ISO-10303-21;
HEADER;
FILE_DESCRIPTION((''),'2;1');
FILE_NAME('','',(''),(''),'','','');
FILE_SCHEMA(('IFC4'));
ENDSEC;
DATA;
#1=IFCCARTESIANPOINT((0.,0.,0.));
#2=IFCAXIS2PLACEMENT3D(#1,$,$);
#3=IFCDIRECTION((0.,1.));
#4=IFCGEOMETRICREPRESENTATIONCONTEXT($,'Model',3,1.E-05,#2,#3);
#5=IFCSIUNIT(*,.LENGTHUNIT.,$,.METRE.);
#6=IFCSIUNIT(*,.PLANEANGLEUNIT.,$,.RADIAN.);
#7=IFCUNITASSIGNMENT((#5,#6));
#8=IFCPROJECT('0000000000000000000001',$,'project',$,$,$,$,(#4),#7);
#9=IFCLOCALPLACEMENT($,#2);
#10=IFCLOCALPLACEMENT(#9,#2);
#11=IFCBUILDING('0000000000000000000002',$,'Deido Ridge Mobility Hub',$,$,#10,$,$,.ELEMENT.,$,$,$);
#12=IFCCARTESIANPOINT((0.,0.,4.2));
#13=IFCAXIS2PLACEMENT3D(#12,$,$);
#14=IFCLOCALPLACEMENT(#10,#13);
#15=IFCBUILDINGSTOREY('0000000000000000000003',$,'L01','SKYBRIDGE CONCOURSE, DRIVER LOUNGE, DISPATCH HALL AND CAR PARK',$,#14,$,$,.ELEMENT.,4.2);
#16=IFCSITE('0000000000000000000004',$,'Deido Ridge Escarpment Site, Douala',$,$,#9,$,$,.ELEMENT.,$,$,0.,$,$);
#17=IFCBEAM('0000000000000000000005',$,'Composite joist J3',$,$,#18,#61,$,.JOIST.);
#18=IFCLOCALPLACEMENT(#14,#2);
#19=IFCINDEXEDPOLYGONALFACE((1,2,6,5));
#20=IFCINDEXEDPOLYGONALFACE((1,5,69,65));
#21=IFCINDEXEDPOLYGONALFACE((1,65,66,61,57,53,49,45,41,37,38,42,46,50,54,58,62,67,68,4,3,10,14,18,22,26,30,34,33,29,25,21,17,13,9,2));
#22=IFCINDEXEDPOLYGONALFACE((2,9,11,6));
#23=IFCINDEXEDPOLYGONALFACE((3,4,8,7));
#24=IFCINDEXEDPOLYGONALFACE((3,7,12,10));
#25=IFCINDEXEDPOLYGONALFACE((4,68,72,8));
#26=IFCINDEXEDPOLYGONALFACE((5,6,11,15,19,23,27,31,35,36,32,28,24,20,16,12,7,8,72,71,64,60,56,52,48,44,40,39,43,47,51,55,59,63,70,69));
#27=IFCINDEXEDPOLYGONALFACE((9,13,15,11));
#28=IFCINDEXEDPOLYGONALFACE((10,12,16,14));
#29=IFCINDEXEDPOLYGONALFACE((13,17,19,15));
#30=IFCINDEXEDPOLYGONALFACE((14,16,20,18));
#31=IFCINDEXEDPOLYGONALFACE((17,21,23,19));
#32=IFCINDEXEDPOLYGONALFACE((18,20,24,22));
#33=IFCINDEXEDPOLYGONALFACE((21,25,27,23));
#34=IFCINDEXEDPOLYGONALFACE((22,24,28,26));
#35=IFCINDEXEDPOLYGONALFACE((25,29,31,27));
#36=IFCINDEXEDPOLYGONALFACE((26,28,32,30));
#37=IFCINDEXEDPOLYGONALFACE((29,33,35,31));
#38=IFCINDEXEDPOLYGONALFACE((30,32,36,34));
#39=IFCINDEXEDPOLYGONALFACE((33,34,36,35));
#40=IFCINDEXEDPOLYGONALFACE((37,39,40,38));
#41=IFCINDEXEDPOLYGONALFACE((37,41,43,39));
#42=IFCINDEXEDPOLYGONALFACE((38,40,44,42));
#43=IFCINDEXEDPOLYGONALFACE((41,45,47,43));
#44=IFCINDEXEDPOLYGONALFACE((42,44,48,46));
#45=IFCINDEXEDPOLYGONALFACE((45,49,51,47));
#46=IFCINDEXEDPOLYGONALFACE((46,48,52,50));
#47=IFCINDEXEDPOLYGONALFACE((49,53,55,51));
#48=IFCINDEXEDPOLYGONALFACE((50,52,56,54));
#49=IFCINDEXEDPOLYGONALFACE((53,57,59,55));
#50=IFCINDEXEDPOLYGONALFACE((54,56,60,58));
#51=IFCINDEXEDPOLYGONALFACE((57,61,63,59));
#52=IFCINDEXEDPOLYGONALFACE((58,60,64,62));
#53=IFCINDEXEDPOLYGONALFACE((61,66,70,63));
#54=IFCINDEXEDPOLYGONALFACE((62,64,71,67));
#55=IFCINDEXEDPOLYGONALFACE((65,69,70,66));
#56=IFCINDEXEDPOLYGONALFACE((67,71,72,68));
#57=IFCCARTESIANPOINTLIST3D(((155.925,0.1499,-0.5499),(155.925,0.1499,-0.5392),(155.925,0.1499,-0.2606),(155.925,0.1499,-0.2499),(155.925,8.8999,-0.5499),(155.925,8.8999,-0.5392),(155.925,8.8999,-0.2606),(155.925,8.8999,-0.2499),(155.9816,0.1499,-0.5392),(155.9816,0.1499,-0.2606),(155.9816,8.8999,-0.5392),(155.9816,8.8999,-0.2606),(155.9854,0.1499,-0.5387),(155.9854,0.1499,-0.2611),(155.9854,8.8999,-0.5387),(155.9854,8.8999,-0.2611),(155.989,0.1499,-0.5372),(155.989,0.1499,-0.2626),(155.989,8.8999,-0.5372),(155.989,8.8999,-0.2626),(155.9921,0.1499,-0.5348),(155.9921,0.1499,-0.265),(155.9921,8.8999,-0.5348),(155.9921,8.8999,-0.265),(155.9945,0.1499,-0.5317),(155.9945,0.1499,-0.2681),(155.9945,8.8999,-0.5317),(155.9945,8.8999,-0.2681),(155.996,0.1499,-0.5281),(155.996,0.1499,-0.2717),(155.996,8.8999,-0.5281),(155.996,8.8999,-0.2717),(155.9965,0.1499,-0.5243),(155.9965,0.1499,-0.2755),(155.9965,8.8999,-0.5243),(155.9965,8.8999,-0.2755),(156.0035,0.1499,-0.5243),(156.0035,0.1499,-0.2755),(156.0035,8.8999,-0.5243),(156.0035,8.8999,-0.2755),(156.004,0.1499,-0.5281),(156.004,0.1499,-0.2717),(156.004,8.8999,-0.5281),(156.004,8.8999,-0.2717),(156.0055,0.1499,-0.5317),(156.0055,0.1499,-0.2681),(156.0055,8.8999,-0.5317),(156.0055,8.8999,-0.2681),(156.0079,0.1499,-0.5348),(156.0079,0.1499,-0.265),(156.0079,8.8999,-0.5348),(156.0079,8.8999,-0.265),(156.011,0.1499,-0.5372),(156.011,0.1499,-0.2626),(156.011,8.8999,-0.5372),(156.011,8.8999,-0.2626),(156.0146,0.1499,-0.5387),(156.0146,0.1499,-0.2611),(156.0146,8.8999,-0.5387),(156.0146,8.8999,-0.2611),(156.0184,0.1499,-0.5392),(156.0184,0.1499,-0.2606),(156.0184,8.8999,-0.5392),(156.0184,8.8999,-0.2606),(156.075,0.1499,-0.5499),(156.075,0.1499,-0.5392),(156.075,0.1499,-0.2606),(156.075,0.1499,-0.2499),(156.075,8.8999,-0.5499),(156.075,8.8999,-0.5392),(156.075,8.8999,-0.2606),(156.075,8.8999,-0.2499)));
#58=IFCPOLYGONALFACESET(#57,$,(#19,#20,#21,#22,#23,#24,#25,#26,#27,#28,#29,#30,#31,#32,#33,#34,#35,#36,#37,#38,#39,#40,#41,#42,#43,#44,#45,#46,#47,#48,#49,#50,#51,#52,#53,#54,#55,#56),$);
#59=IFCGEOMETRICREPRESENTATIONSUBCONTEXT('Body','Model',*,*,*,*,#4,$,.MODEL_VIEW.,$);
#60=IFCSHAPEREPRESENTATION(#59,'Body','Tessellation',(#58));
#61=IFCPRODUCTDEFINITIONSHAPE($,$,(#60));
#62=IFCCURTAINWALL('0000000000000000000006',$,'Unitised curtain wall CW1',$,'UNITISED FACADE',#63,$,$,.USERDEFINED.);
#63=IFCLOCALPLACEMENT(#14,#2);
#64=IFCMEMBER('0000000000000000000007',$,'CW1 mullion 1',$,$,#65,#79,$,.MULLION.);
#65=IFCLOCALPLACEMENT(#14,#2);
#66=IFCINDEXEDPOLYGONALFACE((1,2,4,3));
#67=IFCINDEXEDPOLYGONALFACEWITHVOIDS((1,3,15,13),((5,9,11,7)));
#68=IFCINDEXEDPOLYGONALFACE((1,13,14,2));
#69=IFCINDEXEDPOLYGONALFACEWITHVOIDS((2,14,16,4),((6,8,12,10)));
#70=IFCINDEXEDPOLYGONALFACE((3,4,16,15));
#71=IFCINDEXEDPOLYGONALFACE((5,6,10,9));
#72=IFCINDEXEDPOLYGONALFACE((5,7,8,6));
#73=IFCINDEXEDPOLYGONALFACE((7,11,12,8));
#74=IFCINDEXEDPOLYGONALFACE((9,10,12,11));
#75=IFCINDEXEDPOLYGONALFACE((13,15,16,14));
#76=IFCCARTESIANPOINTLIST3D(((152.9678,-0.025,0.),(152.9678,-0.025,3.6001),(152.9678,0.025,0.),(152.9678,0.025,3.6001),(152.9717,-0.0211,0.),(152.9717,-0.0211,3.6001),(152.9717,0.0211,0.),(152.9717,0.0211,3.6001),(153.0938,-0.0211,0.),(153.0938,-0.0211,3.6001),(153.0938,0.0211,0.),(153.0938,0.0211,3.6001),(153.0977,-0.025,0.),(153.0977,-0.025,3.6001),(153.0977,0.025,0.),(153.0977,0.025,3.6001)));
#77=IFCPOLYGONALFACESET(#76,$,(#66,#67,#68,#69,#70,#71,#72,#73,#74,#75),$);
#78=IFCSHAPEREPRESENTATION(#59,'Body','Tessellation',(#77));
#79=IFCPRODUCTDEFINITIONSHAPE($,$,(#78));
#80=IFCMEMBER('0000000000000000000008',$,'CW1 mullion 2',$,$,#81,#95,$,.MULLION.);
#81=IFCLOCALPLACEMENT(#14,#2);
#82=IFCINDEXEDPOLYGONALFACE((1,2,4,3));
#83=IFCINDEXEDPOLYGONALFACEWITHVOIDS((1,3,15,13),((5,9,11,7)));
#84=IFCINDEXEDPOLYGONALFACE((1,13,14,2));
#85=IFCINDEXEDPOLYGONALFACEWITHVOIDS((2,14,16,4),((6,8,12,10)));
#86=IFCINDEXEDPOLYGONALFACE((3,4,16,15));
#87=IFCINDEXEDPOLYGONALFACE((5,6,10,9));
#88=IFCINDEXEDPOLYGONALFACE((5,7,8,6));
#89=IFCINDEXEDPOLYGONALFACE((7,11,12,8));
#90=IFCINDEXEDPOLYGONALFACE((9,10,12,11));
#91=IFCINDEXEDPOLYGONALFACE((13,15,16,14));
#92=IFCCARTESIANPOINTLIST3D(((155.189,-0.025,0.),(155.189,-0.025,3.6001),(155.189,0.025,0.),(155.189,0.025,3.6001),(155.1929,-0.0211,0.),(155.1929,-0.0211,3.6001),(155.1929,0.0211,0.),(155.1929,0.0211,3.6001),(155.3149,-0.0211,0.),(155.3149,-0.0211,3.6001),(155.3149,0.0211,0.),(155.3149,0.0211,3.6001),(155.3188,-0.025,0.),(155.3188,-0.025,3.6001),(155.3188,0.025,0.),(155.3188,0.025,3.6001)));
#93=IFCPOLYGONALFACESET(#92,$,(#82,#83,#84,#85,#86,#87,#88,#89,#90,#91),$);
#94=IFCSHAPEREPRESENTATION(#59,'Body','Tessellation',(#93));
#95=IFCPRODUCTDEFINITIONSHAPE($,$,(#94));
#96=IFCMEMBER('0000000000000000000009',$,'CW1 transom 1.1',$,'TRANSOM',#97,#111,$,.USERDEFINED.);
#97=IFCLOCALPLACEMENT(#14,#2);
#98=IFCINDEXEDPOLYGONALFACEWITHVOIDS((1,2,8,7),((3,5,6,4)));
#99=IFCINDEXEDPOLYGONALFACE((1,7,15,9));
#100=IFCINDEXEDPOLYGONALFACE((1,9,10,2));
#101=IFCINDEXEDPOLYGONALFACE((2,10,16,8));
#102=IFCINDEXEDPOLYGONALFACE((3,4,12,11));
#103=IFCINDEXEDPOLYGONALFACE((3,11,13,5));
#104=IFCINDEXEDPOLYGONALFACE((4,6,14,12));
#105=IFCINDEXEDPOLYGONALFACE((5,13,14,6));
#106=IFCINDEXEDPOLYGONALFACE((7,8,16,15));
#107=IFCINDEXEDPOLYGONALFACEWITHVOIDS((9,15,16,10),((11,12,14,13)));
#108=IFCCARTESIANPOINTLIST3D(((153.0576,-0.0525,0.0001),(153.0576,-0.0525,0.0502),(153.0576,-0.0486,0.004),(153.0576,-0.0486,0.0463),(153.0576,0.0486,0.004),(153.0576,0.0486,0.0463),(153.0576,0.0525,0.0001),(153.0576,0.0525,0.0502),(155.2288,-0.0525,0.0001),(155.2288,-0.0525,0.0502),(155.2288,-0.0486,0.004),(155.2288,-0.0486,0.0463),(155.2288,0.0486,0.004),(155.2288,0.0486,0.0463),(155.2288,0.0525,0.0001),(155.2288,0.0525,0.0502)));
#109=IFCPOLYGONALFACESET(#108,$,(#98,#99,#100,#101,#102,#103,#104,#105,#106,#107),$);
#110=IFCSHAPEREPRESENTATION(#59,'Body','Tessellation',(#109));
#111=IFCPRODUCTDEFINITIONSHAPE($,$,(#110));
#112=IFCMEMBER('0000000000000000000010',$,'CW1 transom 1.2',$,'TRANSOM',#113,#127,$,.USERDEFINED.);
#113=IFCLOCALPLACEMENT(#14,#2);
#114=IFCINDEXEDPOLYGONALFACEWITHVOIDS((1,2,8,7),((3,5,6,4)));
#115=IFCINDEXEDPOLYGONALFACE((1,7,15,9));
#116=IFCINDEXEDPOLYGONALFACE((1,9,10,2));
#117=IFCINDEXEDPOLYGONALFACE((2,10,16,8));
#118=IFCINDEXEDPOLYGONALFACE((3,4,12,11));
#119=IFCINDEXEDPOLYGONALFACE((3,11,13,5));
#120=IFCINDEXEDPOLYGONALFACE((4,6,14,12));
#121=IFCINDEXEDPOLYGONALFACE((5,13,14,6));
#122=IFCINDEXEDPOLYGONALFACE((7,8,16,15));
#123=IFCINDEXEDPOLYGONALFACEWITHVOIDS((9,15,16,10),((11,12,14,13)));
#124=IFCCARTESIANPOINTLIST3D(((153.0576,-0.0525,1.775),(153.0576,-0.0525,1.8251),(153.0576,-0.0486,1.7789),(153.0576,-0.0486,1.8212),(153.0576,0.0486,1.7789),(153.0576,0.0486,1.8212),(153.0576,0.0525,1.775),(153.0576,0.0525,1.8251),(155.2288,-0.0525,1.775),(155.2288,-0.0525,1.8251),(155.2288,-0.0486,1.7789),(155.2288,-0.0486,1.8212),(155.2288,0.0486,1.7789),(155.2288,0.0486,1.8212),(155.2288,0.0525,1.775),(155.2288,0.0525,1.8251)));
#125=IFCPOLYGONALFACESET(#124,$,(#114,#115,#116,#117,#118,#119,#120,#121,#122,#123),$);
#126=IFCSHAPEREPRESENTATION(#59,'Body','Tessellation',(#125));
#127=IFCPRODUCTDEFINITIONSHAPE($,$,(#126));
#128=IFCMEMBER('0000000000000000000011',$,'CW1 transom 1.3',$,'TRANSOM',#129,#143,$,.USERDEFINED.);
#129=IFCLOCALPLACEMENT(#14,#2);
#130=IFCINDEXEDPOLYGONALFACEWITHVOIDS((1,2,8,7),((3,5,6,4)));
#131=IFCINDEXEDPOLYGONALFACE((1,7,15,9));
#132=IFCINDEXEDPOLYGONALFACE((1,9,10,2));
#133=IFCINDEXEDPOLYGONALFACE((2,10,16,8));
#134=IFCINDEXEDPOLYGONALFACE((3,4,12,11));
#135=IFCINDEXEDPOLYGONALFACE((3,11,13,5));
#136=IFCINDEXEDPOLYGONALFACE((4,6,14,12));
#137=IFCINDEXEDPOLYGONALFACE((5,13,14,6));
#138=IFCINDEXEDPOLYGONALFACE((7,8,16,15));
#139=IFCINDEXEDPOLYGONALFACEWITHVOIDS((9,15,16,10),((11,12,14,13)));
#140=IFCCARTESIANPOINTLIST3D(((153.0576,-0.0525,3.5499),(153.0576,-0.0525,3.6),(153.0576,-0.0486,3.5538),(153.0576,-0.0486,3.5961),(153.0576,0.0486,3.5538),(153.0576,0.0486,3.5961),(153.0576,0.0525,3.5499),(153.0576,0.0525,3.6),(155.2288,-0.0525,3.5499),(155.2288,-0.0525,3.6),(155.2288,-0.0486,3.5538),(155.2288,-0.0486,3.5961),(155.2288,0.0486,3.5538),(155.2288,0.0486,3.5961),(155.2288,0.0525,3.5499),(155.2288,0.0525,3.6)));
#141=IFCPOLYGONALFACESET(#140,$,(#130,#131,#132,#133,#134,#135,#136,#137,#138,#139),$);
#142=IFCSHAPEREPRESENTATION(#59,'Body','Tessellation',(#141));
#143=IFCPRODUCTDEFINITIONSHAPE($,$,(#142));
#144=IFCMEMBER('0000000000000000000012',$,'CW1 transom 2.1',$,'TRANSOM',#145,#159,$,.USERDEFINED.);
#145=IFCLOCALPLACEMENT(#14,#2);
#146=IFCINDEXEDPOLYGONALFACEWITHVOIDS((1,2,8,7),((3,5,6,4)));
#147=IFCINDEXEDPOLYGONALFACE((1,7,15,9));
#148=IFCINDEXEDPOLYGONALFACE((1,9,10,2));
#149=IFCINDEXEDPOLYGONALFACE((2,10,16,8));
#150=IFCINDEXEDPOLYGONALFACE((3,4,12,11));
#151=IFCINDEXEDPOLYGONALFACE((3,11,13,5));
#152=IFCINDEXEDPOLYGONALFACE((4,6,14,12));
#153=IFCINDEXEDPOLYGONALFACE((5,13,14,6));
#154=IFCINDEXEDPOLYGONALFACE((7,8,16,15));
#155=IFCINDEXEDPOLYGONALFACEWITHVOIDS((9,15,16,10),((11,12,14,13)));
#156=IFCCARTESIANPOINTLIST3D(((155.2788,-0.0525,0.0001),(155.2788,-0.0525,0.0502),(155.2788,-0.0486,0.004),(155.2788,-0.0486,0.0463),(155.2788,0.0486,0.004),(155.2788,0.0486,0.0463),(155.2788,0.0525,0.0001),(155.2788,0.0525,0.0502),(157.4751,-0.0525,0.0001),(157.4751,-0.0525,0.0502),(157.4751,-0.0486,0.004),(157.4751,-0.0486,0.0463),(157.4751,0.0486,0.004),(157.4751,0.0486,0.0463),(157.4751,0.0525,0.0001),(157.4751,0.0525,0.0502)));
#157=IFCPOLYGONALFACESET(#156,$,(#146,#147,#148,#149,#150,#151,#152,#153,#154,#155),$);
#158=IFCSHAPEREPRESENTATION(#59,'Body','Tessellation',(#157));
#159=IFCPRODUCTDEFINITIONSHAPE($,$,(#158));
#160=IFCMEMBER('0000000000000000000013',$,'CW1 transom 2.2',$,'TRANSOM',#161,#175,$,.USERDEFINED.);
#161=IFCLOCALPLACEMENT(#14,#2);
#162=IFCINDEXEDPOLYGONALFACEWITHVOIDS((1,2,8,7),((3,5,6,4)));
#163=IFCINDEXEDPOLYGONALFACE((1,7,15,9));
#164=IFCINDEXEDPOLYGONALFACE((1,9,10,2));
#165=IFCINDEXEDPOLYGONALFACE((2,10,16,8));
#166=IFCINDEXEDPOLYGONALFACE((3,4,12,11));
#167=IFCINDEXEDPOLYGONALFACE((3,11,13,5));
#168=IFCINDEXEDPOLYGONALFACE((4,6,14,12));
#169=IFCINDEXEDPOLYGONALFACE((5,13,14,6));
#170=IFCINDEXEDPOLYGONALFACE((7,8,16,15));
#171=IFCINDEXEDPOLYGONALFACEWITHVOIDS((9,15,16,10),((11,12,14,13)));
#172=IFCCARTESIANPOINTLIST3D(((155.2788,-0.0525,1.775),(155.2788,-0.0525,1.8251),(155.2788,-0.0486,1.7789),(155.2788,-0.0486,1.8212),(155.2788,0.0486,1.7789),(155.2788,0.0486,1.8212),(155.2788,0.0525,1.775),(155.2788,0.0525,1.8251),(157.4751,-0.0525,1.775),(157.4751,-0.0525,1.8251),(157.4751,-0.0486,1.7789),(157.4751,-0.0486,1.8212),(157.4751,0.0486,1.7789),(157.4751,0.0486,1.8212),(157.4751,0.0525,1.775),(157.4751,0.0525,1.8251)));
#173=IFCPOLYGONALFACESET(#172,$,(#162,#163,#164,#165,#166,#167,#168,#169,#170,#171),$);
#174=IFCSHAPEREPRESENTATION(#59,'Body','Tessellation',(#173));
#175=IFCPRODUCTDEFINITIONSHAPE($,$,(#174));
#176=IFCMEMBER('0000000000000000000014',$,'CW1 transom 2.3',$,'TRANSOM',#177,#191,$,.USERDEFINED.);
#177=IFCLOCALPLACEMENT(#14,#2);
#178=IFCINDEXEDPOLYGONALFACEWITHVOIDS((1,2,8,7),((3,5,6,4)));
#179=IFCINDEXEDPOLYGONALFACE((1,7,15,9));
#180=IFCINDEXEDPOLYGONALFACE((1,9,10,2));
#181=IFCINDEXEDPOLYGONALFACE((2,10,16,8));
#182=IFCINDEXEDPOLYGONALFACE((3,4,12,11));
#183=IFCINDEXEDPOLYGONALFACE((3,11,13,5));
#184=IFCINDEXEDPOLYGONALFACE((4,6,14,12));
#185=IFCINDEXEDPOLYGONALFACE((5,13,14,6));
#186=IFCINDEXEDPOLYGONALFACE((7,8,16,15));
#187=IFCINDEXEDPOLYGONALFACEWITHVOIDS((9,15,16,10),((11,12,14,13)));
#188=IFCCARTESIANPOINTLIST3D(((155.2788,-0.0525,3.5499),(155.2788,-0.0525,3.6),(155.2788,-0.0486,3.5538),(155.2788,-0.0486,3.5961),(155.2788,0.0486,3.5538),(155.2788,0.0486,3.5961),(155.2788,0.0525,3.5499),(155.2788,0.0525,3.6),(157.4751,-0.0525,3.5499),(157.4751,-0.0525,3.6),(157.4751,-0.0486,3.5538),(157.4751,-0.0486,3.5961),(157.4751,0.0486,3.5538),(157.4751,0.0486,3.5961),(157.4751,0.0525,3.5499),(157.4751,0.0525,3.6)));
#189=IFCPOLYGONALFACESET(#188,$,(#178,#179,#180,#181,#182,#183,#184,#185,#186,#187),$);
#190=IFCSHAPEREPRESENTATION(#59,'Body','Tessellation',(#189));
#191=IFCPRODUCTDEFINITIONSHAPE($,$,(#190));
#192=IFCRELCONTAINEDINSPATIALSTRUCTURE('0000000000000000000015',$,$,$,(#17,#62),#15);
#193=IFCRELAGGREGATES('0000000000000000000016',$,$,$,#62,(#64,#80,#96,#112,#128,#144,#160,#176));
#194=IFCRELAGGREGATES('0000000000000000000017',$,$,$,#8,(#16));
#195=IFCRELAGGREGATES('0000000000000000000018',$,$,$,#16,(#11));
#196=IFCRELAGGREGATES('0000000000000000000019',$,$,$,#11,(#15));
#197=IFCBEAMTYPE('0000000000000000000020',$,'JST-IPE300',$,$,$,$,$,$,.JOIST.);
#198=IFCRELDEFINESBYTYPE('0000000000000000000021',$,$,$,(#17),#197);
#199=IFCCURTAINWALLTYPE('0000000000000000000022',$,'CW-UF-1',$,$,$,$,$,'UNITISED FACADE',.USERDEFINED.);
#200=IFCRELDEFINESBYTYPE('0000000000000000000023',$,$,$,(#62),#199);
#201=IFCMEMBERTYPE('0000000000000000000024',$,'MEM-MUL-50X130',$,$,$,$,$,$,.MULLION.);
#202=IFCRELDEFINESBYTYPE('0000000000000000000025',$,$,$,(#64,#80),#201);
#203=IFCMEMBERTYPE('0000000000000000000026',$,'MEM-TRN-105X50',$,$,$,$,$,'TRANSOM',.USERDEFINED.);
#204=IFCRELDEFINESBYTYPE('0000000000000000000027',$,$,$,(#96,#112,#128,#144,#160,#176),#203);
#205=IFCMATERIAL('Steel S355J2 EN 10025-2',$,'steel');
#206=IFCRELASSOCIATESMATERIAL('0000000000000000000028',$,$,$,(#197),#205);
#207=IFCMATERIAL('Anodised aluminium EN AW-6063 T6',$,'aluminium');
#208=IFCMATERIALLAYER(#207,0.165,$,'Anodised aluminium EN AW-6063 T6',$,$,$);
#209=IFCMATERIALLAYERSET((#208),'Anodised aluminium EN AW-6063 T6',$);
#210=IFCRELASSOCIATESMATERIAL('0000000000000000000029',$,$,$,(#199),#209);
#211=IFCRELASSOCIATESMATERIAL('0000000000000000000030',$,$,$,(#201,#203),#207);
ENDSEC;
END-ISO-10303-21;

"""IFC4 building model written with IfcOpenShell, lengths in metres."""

from ifc_helpers import new_model, si_unit, direction, frame, origin, origin_2d, place, context, subcontext, project, spatial, hollow_rectangle, i_section, extrude, material, layer, layer_set, material_profile, profile_set, type_object, element, aggregate, save


model = new_model("IFC4")

# Units and contexts
model_context = context("Model", 3, precision=1e-05, world=origin(), true_north=direction((0.0, 1.0)))
body_context = subcontext(model_context, "Body", "Model", "MODEL_VIEW")
ifc_project = project(units=[si_unit("LENGTHUNIT", "METRE"), si_unit("PLANEANGLEUNIT", "RADIAN")], contexts=[model_context])

# Site, building, storey
site_placement = place(None, origin())
site = spatial("IfcSite", under=ifc_project, at=site_placement, Name="Deido Ridge Escarpment Site, Douala", CompositionType="ELEMENT", RefElevation=0.0)
building_placement = place(site_placement, origin())
building = spatial("IfcBuilding", under=site, at=building_placement, Name="Deido Ridge Mobility Hub", CompositionType="ELEMENT")
storey_placement = place(building_placement, frame((0.0, 0.0, 4.2)))
storey = spatial("IfcBuildingStorey", under=building, at=storey_placement, Name="L01", Description="SKYBRIDGE CONCOURSE, DRIVER LOUNGE, DISPATCH HALL AND CAR PARK", CompositionType="ELEMENT", Elevation=4.2)

# Shared definitions
ifc_material_1 = material(Name="Steel S355J2 EN 10025-2", Category="steel")

# Beam
ifc_material_profile_1 = material_profile(ifc_material_1, i_section(OverallWidth=0.1499, OverallDepth=0.3, WebThickness=0.0071, FlangeThickness=0.0107, FilletRadius=0.0149, at=origin_2d()), Name="IPE 300")
ifc_profile_set_1 = profile_set([ifc_material_profile_1], Name="Steel S355J2 EN 10025-2")
beam_type_1 = type_object("IfcBeamType", Name="JST-IPE300", PredefinedType="JOIST", material=ifc_profile_set_1)
beam_1_placement = place(storey_placement, frame((156.0, 0.1499, -0.3999), z_axis=(0.0, 1.0, 0.0), x_axis=(-1.0, 0.0, 0.0)))
element("IfcBeam", 1, at=beam_1_placement, inside=storey, type_object=beam_type_1, Name="Composite joist J3", PredefinedType="JOIST", context=body_context, shape_type="SweptSolid", body=[
    extrude(i_section(OverallWidth=0.1499, OverallDepth=0.3, WebThickness=0.0071, FlangeThickness=0.0107, FilletRadius=0.0149, at=origin_2d()), origin(), (0.0, 0.0, 1.0), 8.75),
])

# Curtain wall, members
ifc_material_2 = material(Name="Anodised aluminium EN AW-6063 T6", Category="aluminium")
ifc_layer_1 = layer(ifc_material_2, 0.165, Name="Anodised aluminium EN AW-6063 T6")
ifc_layer_set_1 = layer_set([ifc_layer_1], Name="Anodised aluminium EN AW-6063 T6")
curtain_wall_type = type_object("IfcCurtainWallType", Name="CW-UF-1", ElementType="UNITISED FACADE", PredefinedType="USERDEFINED", material=ifc_layer_set_1)
curtain_wall_placement = place(storey_placement, origin())
curtain_wall = element("IfcCurtainWall", 2, at=curtain_wall_placement, inside=storey, type_object=curtain_wall_type, Name="Unitised curtain wall CW1", ObjectType="UNITISED FACADE", PredefinedType="USERDEFINED")
ifc_material_profile_2 = material_profile(ifc_material_2, hollow_rectangle(XDim=0.05, YDim=0.1299, WallThickness=0.0039, at=origin_2d()), Name="RHS 50x130x4")
ifc_profile_set_2 = profile_set([ifc_material_profile_2], Name="Anodised aluminium EN AW-6063 T6")
member_type_1 = type_object("IfcMemberType", Name="MEM-MUL-50X130", PredefinedType="MULLION", material=ifc_profile_set_2)
member_1_placement = place(storey_placement, frame((153.0327, 0.0, 0.0), z_axis=(0.0, 0.0, 1.0), x_axis=(0.0, 1.0, 0.0)))
member_1 = element("IfcMember", 3, at=member_1_placement, type_object=member_type_1, Name="CW1 mullion 1", PredefinedType="MULLION", context=body_context, shape_type="SweptSolid", body=[
    extrude(hollow_rectangle(XDim=0.05, YDim=0.1299, WallThickness=0.0039, at=origin_2d()), origin(), (0.0, 0.0, 1.0), 3.6001),
])
member_2_placement = place(storey_placement, frame((155.2539, 0.0, 0.0), z_axis=(0.0, 0.0, 1.0), x_axis=(0.0, 1.0, 0.0)))
member_2 = element("IfcMember", 4, at=member_2_placement, type_object=member_type_1, Name="CW1 mullion 2", PredefinedType="MULLION", context=body_context, shape_type="SweptSolid", body=[
    extrude(hollow_rectangle(XDim=0.05, YDim=0.1299, WallThickness=0.0039, at=origin_2d()), origin(), (0.0, 0.0, 1.0), 3.6001),
])
ifc_material_profile_3 = material_profile(ifc_material_2, hollow_rectangle(XDim=0.105, YDim=0.05, WallThickness=0.0039, at=origin_2d()), Name="RHS 105x50x4")
ifc_profile_set_3 = profile_set([ifc_material_profile_3], Name="Anodised aluminium EN AW-6063 T6")
member_type_2 = type_object("IfcMemberType", Name="MEM-TRN-105X50", ElementType="TRANSOM", PredefinedType="USERDEFINED", material=ifc_profile_set_3)
member_3_placement = place(storey_placement, frame((153.0576, 0.0, 0.0251), z_axis=(1.0, 0.0, 0.0), x_axis=(0.0, 1.0, 0.0)))
member_3 = element("IfcMember", 5, at=member_3_placement, type_object=member_type_2, Name="CW1 transom 1.1", ObjectType="TRANSOM", PredefinedType="USERDEFINED", context=body_context, shape_type="SweptSolid", body=[
    extrude(hollow_rectangle(XDim=0.105, YDim=0.05, WallThickness=0.0039, at=origin_2d()), origin(), (0.0, 0.0, 1.0), 2.1711),
])
member_4_placement = place(storey_placement, frame((153.0576, 0.0, 1.8), z_axis=(1.0, 0.0, 0.0), x_axis=(0.0, 1.0, 0.0)))
member_4 = element("IfcMember", 6, at=member_4_placement, type_object=member_type_2, Name="CW1 transom 1.2", ObjectType="TRANSOM", PredefinedType="USERDEFINED", context=body_context, shape_type="SweptSolid", body=[
    extrude(hollow_rectangle(XDim=0.105, YDim=0.05, WallThickness=0.0039, at=origin_2d()), origin(), (0.0, 0.0, 1.0), 2.1711),
])
member_5_placement = place(storey_placement, frame((153.0576, 0.0, 3.575), z_axis=(1.0, 0.0, 0.0), x_axis=(0.0, 1.0, 0.0)))
member_5 = element("IfcMember", 7, at=member_5_placement, type_object=member_type_2, Name="CW1 transom 1.3", ObjectType="TRANSOM", PredefinedType="USERDEFINED", context=body_context, shape_type="SweptSolid", body=[
    extrude(hollow_rectangle(XDim=0.105, YDim=0.05, WallThickness=0.0039, at=origin_2d()), origin(), (0.0, 0.0, 1.0), 2.1711),
])
member_6_placement = place(storey_placement, frame((155.2788, 0.0, 0.0251), z_axis=(1.0, 0.0, 0.0), x_axis=(0.0, 1.0, 0.0)))
member_6 = element("IfcMember", 8, at=member_6_placement, type_object=member_type_2, Name="CW1 transom 2.1", ObjectType="TRANSOM", PredefinedType="USERDEFINED", context=body_context, shape_type="SweptSolid", body=[
    extrude(hollow_rectangle(XDim=0.105, YDim=0.05, WallThickness=0.0039, at=origin_2d()), origin(), (0.0, 0.0, 1.0), 2.1963),
])
member_7_placement = place(storey_placement, frame((155.2788, 0.0, 1.8), z_axis=(1.0, 0.0, 0.0), x_axis=(0.0, 1.0, 0.0)))
member_7 = element("IfcMember", 9, at=member_7_placement, type_object=member_type_2, Name="CW1 transom 2.2", ObjectType="TRANSOM", PredefinedType="USERDEFINED", context=body_context, shape_type="SweptSolid", body=[
    extrude(hollow_rectangle(XDim=0.105, YDim=0.05, WallThickness=0.0039, at=origin_2d()), origin(), (0.0, 0.0, 1.0), 2.1963),
])
member_8_placement = place(storey_placement, frame((155.2788, 0.0, 3.575), z_axis=(1.0, 0.0, 0.0), x_axis=(0.0, 1.0, 0.0)))
member_8 = element("IfcMember", 10, at=member_8_placement, type_object=member_type_2, Name="CW1 transom 2.3", ObjectType="TRANSOM", PredefinedType="USERDEFINED", context=body_context, shape_type="SweptSolid", body=[
    extrude(hollow_rectangle(XDim=0.105, YDim=0.05, WallThickness=0.0039, at=origin_2d()), origin(), (0.0, 0.0, 1.0), 2.1963),
])

aggregate(curtain_wall, [member_1, member_2, member_3, member_4, member_5, member_6, member_7, member_8])

save(model, "model.ifc")
